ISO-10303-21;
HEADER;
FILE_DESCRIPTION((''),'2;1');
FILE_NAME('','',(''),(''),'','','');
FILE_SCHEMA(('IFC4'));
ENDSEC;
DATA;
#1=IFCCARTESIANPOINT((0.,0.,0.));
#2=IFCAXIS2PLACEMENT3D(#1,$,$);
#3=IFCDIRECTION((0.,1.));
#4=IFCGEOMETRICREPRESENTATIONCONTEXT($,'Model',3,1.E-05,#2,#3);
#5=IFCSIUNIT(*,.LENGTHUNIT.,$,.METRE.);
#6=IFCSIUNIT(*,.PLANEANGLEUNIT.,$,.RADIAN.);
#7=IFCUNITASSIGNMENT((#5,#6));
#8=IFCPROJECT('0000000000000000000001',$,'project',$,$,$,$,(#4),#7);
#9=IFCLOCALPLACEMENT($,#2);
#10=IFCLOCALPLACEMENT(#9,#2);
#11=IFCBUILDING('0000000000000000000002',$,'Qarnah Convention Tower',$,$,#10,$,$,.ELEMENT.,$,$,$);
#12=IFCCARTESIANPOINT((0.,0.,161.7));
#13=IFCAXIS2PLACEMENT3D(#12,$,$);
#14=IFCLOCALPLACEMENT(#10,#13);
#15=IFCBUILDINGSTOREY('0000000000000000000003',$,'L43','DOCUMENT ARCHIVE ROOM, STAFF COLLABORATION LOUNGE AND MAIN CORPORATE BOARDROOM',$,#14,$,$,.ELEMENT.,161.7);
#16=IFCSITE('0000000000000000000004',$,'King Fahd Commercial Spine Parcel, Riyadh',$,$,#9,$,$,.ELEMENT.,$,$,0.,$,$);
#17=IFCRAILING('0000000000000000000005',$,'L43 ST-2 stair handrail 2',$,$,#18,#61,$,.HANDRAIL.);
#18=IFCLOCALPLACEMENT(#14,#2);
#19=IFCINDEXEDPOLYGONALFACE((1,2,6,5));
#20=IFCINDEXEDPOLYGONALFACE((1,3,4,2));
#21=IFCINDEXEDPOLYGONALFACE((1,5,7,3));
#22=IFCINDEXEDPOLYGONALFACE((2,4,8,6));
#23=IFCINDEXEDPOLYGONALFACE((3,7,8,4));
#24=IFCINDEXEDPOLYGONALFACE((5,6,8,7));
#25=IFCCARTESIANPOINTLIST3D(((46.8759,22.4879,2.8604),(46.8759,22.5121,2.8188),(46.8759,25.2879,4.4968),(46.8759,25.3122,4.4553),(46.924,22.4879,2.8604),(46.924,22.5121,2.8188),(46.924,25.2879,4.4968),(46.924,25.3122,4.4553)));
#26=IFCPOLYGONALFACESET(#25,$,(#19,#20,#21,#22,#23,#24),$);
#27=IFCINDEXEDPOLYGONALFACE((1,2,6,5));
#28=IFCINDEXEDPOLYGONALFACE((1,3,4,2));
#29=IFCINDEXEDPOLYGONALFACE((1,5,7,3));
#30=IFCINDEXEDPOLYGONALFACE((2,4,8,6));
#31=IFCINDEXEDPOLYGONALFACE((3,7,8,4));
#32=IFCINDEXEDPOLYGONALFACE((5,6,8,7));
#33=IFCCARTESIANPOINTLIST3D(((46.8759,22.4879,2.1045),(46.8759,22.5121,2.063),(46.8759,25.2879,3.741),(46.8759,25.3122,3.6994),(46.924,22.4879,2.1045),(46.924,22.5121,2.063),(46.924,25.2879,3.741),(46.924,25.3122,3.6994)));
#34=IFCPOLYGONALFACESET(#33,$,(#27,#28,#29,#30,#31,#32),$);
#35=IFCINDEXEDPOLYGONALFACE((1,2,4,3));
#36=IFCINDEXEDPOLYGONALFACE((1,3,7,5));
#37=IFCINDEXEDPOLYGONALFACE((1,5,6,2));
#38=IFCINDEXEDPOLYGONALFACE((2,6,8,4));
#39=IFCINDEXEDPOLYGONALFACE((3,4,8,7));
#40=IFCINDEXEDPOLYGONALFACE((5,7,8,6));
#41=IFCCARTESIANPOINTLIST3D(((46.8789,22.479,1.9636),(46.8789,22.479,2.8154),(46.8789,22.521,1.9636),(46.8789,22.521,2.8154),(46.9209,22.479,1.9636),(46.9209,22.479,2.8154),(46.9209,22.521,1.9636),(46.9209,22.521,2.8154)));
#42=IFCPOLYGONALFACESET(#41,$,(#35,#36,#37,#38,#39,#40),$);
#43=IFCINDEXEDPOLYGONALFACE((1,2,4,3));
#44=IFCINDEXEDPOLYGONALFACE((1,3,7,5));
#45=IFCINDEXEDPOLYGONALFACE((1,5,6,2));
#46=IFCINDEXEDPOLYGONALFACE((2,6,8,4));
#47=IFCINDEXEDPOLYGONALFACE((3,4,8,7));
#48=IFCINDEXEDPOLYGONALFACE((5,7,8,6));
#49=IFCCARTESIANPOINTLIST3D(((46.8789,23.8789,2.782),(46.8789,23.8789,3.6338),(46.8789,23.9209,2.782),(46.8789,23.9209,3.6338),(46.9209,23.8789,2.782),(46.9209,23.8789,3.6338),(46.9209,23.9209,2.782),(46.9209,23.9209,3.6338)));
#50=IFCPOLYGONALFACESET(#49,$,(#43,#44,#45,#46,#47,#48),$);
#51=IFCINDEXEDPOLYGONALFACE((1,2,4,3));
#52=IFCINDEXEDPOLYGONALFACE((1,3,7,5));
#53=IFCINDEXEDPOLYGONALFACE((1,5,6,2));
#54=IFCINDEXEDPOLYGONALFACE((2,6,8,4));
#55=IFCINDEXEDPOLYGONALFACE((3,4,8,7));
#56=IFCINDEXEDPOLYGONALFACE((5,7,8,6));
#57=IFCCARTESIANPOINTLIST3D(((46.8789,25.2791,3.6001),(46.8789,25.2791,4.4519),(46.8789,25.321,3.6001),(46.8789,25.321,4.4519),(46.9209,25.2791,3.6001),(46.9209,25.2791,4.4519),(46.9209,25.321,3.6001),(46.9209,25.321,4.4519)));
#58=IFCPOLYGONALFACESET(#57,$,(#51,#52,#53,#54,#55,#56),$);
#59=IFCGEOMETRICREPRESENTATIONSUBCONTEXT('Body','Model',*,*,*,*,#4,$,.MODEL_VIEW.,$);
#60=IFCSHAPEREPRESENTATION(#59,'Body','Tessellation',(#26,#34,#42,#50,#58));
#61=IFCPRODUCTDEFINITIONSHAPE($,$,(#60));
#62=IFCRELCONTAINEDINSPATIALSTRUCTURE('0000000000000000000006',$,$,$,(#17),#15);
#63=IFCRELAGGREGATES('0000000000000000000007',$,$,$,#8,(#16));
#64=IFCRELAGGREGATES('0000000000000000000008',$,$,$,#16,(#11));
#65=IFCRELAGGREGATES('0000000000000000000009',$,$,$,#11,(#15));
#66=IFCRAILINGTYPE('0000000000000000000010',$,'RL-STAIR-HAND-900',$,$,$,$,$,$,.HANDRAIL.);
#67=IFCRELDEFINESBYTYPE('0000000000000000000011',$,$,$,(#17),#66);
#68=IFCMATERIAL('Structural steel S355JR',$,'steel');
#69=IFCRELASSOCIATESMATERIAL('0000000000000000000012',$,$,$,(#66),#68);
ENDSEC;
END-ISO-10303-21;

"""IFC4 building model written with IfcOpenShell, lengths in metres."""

from ifc_helpers import new_model, si_unit, direction, frame, origin, origin_2d, place, context, subcontext, project, spatial, rectangle, extrude, material, type_object, element, save


model = new_model("IFC4")

# Units and contexts
model_context = context("Model", 3, precision=1e-05, world=origin(), true_north=direction((0.0, 1.0)))
body_context = subcontext(model_context, "Body", "Model", "MODEL_VIEW")
ifc_project = project(units=[si_unit("LENGTHUNIT", "METRE"), si_unit("PLANEANGLEUNIT", "RADIAN")], contexts=[model_context])

# Site, building, storey
site_placement = place(None, origin())
site = spatial("IfcSite", under=ifc_project, at=site_placement, Name="King Fahd Commercial Spine Parcel, Riyadh", CompositionType="ELEMENT", RefElevation=0.0)
building_placement = place(site_placement, origin())
building = spatial("IfcBuilding", under=site, at=building_placement, Name="Qarnah Convention Tower", CompositionType="ELEMENT")
storey_placement = place(building_placement, frame((0.0, 0.0, 161.7)))
storey = spatial("IfcBuildingStorey", under=building, at=storey_placement, Name="L43", Description="DOCUMENT ARCHIVE ROOM, STAFF COLLABORATION LOUNGE AND MAIN CORPORATE BOARDROOM", CompositionType="ELEMENT", Elevation=161.7)

# Shared definitions
ifc_material_1 = material(Name="Structural steel S355JR", Category="steel")

# Railing
railing_type_1 = type_object("IfcRailingType", Name="RL-STAIR-HAND-900", PredefinedType="HANDRAIL", material=ifc_material_1)
railing_1_placement = place(storey_placement, frame((46.8999, 22.5, 1.9636)))
element("IfcRailing", 1, at=railing_1_placement, inside=storey, type_object=railing_type_1, Name="L43 ST-2 stair handrail 2", PredefinedType="HANDRAIL", context=body_context, shape_type="SweptSolid", body=[
    extrude(rectangle(XDim=0.0481, YDim=0.0481, at=origin_2d()), frame((0.0, 0.0, 0.876), z_axis=(0.0, 0.863361, 0.504587), x_axis=(-1.0, 0.0, 0.0)), (0.0, 0.0, 1.0), 3.2432),
    extrude(rectangle(XDim=0.0481, YDim=0.0481, at=origin_2d()), frame((0.0, 0.0, 0.1201), z_axis=(0.0, 0.863361, 0.504587), x_axis=(-1.0, 0.0, 0.0)), (0.0, 0.0, 1.0), 3.2432),
    extrude(rectangle(XDim=0.042, YDim=0.042, at=origin_2d()), origin(), (0.0, 0.0, 1.0), 0.8518),
    extrude(rectangle(XDim=0.042, YDim=0.042, at=origin_2d()), frame((0.0, 1.3999, 0.8184)), (0.0, 0.0, 1.0), 0.8518),
    extrude(rectangle(XDim=0.042, YDim=0.042, at=origin_2d()), frame((0.0, 2.8, 1.6365)), (0.0, 0.0, 1.0), 0.8518),
])

save(model, "model.ifc")
